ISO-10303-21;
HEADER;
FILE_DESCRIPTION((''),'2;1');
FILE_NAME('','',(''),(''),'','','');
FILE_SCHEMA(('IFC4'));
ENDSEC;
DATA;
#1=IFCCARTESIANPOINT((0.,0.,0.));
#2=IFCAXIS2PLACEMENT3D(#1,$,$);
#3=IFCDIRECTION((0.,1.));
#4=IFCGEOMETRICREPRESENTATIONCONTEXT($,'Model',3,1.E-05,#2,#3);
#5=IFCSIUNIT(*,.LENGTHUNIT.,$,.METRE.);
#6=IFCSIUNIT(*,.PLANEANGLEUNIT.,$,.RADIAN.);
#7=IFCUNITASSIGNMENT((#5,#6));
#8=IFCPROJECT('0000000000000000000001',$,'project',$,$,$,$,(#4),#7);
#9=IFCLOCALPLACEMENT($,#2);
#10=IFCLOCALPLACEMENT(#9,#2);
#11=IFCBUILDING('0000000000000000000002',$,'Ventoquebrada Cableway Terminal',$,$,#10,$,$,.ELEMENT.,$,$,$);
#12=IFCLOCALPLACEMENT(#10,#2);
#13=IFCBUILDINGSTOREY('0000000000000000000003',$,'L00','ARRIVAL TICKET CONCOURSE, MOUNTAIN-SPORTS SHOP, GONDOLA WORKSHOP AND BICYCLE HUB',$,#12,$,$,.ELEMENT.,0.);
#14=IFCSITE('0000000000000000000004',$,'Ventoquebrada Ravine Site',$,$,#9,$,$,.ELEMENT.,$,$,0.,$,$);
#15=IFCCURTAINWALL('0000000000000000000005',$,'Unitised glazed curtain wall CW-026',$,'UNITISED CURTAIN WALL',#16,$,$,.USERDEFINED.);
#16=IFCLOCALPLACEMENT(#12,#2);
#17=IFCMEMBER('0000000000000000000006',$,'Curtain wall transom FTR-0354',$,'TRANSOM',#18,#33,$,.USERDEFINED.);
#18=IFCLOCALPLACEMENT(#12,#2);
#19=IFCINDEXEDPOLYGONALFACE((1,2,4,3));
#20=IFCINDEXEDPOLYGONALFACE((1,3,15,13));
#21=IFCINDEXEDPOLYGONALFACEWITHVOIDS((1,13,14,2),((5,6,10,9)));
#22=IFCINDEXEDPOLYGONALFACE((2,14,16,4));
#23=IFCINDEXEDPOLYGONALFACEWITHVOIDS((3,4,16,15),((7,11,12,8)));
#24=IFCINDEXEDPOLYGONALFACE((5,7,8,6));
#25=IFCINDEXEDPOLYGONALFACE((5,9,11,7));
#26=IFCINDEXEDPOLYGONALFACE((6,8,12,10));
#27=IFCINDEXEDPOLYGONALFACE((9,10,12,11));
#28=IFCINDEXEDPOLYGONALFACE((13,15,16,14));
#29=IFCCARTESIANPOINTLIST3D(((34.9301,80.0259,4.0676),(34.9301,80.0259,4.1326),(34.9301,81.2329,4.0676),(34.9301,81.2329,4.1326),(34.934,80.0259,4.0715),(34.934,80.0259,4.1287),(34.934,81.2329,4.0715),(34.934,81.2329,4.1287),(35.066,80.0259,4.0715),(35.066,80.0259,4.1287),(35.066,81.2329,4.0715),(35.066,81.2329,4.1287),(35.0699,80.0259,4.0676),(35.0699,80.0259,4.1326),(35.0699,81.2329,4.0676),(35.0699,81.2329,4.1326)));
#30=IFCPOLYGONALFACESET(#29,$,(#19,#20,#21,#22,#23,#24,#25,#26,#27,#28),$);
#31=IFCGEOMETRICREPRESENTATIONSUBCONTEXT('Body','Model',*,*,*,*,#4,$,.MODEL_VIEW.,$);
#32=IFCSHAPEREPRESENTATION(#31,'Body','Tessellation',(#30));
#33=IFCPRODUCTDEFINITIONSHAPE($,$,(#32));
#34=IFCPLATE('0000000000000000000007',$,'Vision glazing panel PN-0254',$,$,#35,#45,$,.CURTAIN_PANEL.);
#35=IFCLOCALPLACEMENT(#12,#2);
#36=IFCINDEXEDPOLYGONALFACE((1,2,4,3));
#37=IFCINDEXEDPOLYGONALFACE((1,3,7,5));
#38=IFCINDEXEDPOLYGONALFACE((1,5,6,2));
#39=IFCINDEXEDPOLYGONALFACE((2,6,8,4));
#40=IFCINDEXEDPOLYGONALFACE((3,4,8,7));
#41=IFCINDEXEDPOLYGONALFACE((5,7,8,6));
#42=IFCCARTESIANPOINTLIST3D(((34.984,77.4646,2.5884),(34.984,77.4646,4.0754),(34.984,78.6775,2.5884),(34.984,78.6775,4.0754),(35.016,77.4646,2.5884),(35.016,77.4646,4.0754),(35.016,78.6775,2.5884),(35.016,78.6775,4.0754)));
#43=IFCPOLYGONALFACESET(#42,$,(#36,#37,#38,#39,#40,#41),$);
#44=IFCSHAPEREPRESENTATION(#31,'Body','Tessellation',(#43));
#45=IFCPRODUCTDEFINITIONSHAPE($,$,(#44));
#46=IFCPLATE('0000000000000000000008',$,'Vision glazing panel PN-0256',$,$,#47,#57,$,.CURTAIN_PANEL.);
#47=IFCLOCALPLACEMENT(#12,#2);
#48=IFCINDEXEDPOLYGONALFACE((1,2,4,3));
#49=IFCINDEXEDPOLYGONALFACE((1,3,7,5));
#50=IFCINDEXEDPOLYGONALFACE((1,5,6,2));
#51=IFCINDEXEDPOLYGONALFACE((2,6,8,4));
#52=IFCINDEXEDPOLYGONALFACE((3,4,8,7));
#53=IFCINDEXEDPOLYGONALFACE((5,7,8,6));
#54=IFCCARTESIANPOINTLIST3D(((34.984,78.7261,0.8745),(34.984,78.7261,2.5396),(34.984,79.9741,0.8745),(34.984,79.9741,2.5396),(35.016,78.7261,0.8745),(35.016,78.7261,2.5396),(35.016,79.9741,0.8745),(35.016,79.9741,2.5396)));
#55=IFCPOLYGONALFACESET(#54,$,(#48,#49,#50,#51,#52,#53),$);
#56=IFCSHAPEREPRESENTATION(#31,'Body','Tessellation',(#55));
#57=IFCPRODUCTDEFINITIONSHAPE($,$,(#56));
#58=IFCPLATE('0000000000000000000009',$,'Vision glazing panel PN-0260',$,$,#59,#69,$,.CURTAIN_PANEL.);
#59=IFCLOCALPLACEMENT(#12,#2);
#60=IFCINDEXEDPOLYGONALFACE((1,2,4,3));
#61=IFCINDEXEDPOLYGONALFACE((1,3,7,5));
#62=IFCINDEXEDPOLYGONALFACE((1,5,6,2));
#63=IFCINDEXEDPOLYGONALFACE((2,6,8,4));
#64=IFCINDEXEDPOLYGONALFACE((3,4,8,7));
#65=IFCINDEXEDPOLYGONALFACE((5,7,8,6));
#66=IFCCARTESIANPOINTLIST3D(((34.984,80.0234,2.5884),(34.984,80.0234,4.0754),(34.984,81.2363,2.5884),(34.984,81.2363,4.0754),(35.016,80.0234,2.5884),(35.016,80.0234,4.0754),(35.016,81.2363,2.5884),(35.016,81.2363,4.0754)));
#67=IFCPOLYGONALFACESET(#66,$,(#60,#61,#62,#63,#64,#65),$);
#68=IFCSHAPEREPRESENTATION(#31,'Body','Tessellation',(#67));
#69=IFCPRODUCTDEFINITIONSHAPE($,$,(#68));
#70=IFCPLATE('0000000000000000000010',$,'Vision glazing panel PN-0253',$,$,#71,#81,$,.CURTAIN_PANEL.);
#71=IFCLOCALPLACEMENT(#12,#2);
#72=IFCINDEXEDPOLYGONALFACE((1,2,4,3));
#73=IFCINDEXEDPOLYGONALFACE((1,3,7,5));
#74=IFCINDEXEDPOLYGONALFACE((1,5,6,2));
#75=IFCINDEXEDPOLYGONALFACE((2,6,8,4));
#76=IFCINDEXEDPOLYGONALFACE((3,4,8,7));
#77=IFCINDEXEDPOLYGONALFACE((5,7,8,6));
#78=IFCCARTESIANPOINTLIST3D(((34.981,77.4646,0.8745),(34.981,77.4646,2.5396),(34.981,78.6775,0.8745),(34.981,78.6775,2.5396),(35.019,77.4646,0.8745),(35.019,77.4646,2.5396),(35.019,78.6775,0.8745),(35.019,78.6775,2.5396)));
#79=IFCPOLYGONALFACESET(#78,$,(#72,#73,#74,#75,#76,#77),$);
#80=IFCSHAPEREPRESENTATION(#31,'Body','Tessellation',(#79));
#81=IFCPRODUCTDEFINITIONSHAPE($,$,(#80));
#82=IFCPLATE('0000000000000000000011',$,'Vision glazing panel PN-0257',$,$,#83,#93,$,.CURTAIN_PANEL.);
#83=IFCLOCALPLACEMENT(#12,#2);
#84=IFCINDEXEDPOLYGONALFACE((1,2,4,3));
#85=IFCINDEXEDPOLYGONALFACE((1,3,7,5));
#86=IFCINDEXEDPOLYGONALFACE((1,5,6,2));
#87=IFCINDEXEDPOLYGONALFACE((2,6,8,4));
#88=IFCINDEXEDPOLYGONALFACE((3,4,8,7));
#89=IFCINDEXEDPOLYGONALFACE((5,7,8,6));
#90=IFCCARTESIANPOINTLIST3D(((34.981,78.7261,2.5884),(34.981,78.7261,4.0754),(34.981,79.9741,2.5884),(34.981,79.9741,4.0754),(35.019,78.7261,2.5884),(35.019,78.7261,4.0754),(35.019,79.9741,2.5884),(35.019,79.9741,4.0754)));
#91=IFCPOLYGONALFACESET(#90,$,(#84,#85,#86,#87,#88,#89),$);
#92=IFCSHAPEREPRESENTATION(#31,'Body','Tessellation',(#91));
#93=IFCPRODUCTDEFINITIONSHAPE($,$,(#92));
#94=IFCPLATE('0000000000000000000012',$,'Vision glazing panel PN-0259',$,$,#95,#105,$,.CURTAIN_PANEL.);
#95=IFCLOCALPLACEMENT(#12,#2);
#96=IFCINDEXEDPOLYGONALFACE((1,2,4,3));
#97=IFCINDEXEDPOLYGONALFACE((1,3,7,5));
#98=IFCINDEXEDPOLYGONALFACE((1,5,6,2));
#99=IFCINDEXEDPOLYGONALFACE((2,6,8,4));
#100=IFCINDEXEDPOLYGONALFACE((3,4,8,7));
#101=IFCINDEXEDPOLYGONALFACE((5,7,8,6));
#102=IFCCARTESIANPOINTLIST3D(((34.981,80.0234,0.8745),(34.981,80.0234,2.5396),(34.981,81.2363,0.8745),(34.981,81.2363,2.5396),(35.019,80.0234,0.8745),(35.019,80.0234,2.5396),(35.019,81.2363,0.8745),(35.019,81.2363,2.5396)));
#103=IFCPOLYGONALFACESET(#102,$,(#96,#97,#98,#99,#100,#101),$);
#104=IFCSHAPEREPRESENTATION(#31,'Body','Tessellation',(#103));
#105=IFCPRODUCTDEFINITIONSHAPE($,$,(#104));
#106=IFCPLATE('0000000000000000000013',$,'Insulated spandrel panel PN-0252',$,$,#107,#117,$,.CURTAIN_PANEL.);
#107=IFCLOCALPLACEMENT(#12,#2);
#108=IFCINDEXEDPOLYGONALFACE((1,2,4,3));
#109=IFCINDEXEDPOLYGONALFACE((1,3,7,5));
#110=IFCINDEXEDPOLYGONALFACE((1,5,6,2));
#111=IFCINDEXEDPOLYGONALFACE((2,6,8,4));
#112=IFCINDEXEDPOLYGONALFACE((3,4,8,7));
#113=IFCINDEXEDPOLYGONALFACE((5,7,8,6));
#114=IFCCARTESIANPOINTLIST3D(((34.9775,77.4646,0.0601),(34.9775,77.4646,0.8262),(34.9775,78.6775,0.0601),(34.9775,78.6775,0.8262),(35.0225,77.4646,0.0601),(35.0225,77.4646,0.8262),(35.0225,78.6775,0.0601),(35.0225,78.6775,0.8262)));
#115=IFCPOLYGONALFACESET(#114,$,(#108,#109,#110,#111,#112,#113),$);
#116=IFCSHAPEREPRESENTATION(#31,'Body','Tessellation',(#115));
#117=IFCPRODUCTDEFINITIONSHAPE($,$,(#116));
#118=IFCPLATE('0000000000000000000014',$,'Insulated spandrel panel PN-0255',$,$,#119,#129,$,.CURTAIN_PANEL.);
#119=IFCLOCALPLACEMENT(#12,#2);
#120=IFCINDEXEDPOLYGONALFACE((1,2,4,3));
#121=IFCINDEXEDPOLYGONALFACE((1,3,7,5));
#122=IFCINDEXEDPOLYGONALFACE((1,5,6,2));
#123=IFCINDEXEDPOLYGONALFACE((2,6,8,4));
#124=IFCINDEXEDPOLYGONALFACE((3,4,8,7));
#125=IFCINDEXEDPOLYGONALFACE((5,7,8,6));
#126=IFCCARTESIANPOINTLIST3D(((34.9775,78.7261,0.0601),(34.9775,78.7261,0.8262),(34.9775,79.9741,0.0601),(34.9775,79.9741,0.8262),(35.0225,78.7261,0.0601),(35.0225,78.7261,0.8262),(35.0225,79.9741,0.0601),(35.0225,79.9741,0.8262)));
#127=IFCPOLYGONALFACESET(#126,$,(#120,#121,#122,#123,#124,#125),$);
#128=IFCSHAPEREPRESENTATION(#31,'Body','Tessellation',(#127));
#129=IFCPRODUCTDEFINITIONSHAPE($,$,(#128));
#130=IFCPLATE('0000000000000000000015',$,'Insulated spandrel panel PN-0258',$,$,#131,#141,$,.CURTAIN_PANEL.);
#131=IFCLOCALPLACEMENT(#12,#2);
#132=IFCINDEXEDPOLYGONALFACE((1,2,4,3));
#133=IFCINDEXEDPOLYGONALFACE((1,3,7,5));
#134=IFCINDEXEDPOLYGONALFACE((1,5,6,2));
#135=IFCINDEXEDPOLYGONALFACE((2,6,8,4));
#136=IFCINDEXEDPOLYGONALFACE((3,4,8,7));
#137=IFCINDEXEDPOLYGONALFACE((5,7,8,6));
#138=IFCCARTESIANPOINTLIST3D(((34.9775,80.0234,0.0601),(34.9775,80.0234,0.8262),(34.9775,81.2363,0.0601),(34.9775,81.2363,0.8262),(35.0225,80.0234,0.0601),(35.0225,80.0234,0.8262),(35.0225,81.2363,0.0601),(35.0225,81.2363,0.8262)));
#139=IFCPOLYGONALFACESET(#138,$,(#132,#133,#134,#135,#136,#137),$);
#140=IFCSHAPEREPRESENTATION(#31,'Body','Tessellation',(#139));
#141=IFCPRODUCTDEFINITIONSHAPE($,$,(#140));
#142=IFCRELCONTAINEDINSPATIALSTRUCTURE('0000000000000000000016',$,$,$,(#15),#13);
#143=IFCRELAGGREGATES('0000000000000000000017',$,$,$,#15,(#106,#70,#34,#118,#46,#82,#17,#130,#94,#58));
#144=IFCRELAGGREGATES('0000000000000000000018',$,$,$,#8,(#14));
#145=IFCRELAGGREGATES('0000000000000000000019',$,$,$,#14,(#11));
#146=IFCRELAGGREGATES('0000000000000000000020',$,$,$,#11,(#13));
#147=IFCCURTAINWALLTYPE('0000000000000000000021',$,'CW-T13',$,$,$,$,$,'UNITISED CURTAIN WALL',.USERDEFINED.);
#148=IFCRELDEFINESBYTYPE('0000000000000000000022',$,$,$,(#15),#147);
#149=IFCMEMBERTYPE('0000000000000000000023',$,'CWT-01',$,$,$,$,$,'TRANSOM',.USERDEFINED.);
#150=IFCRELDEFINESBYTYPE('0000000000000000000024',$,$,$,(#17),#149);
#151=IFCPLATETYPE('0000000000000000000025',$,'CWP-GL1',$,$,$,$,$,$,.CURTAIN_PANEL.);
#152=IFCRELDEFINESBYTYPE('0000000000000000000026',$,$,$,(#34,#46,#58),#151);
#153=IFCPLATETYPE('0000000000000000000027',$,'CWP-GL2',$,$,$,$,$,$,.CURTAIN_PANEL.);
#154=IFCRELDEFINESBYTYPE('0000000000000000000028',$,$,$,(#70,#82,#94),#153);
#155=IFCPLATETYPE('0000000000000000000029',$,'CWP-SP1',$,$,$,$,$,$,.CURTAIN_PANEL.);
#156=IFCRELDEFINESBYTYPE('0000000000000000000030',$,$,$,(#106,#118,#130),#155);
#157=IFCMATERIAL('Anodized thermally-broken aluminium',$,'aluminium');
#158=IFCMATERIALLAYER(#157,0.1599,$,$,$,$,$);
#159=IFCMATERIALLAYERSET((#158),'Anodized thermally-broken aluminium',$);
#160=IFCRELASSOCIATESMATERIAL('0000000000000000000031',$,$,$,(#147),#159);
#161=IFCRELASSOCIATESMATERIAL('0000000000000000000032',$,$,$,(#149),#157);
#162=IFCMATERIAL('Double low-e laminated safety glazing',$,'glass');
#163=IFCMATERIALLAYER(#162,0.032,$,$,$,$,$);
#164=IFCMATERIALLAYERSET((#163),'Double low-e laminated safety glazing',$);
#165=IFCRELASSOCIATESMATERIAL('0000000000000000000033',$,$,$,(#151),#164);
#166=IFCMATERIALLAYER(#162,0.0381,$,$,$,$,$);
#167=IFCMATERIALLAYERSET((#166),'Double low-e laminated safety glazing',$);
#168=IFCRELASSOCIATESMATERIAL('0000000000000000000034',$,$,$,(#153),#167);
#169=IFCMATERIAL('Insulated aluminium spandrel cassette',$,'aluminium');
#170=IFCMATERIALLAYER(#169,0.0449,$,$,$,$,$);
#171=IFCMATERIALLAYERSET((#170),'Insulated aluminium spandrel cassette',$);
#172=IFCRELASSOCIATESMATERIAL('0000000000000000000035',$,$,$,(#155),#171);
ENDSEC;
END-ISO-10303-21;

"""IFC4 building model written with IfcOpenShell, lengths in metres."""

from ifc_helpers import new_model, si_unit, direction, frame, origin, origin_2d, place, context, subcontext, project, spatial, rectangle, hollow_rectangle, extrude, material, layer, layer_set, material_profile, profile_set, type_object, element, aggregate, save


model = new_model("IFC4")

# Units and contexts
model_context = context("Model", 3, precision=1e-05, world=origin(), true_north=direction((0.0, 1.0)))
body_context = subcontext(model_context, "Body", "Model", "MODEL_VIEW")
ifc_project = project(units=[si_unit("LENGTHUNIT", "METRE"), si_unit("PLANEANGLEUNIT", "RADIAN")], contexts=[model_context])

# Site, building, storey
site_placement = place(None, origin())
site = spatial("IfcSite", under=ifc_project, at=site_placement, Name="Ventoquebrada Ravine Site", CompositionType="ELEMENT", RefElevation=0.0)
building_placement = place(site_placement, origin())
building = spatial("IfcBuilding", under=site, at=building_placement, Name="Ventoquebrada Cableway Terminal", CompositionType="ELEMENT")
storey_placement = place(building_placement, origin())
storey = spatial("IfcBuildingStorey", under=building, at=storey_placement, Name="L00", Description="ARRIVAL TICKET CONCOURSE, MOUNTAIN-SPORTS SHOP, GONDOLA WORKSHOP AND BICYCLE HUB", CompositionType="ELEMENT", Elevation=0.0)

# Curtain wall, member, plates
ifc_material_1 = material(Name="Anodized thermally-broken aluminium", Category="aluminium")
ifc_layer_1 = layer(ifc_material_1, 0.1599)
ifc_layer_set_1 = layer_set([ifc_layer_1], Name="Anodized thermally-broken aluminium")
curtain_wall_type = type_object("IfcCurtainWallType", Name="CW-T13", ElementType="UNITISED CURTAIN WALL", PredefinedType="USERDEFINED", material=ifc_layer_set_1)
curtain_wall_placement = place(storey_placement, origin())
curtain_wall = element("IfcCurtainWall", 1, at=curtain_wall_placement, inside=storey, type_object=curtain_wall_type, Name="Unitised glazed curtain wall CW-026", ObjectType="UNITISED CURTAIN WALL", PredefinedType="USERDEFINED")
ifc_material_profile_1 = material_profile(ifc_material_1, hollow_rectangle(XDim=0.0649, YDim=0.1399, WallThickness=0.0039, at=origin_2d()), Name="CW-TRN-65X140")
ifc_profile_set_1 = profile_set([ifc_material_profile_1], Name="Anodized thermally-broken aluminium")
member_type_1 = type_object("IfcMemberType", Name="CWT-01", ElementType="TRANSOM", PredefinedType="USERDEFINED", material=ifc_profile_set_1)
member_1_placement = place(storey_placement, frame((35.0, 80.0259, 4.1001), z_axis=(0.0, 1.0, 0.0), x_axis=(0.0, 0.0, 1.0)))
member_1 = element("IfcMember", 2, at=member_1_placement, type_object=member_type_1, Name="Curtain wall transom FTR-0354", ObjectType="TRANSOM", PredefinedType="USERDEFINED", context=body_context, shape_type="SweptSolid", body=[
    extrude(hollow_rectangle(XDim=0.0649, YDim=0.1399, WallThickness=0.0039, at=origin_2d()), origin(), (0.0, 0.0, 1.0), 1.207),
])
ifc_material_2 = material(Name="Double low-e laminated safety glazing", Category="glass")
ifc_layer_2 = layer(ifc_material_2, 0.032)
ifc_layer_set_2 = layer_set([ifc_layer_2], Name="Double low-e laminated safety glazing")
plate_type_1 = type_object("IfcPlateType", Name="CWP-GL1", PredefinedType="CURTAIN_PANEL", material=ifc_layer_set_2)
plate_1_placement = place(storey_placement, frame((35.0, 78.071, 2.5884), z_axis=(0.0, 0.0, 1.0), x_axis=(0.0, 1.0, 0.0)))
plate_1 = element("IfcPlate", 3, at=plate_1_placement, type_object=plate_type_1, Name="Vision glazing panel PN-0254", PredefinedType="CURTAIN_PANEL", context=body_context, shape_type="SweptSolid", body=[
    extrude(rectangle(XDim=1.2129, YDim=0.032, at=origin_2d()), origin(), (0.0, 0.0, 1.0), 1.4871),
])
plate_2_placement = place(storey_placement, frame((35.0, 79.3501, 0.8745), z_axis=(0.0, 0.0, 1.0), x_axis=(0.0, 1.0, 0.0)))
plate_2 = element("IfcPlate", 4, at=plate_2_placement, type_object=plate_type_1, Name="Vision glazing panel PN-0256", PredefinedType="CURTAIN_PANEL", context=body_context, shape_type="SweptSolid", body=[
    extrude(rectangle(XDim=1.248, YDim=0.032, at=origin_2d()), origin(), (0.0, 0.0, 1.0), 1.665),
])
plate_3_placement = place(storey_placement, frame((35.0, 80.6299, 2.5884), z_axis=(0.0, 0.0, 1.0), x_axis=(0.0, 1.0, 0.0)))
plate_3 = element("IfcPlate", 5, at=plate_3_placement, type_object=plate_type_1, Name="Vision glazing panel PN-0260", PredefinedType="CURTAIN_PANEL", context=body_context, shape_type="SweptSolid", body=[
    extrude(rectangle(XDim=1.2129, YDim=0.032, at=origin_2d()), origin(), (0.0, 0.0, 1.0), 1.4871),
])
ifc_layer_3 = layer(ifc_material_2, 0.0381)
ifc_layer_set_3 = layer_set([ifc_layer_3], Name="Double low-e laminated safety glazing")
plate_type_2 = type_object("IfcPlateType", Name="CWP-GL2", PredefinedType="CURTAIN_PANEL", material=ifc_layer_set_3)
plate_4_placement = place(storey_placement, frame((35.0, 78.071, 0.8745), z_axis=(0.0, 0.0, 1.0), x_axis=(0.0, 1.0, 0.0)))
plate_4 = element("IfcPlate", 6, at=plate_4_placement, type_object=plate_type_2, Name="Vision glazing panel PN-0253", PredefinedType="CURTAIN_PANEL", context=body_context, shape_type="SweptSolid", body=[
    extrude(rectangle(XDim=1.2129, YDim=0.0381, at=origin_2d()), origin(), (0.0, 0.0, 1.0), 1.665),
])
plate_5_placement = place(storey_placement, frame((35.0, 79.3501, 2.5884), z_axis=(0.0, 0.0, 1.0), x_axis=(0.0, 1.0, 0.0)))
plate_5 = element("IfcPlate", 7, at=plate_5_placement, type_object=plate_type_2, Name="Vision glazing panel PN-0257", PredefinedType="CURTAIN_PANEL", context=body_context, shape_type="SweptSolid", body=[
    extrude(rectangle(XDim=1.248, YDim=0.0381, at=origin_2d()), origin(), (0.0, 0.0, 1.0), 1.4871),
])
plate_6_placement = place(storey_placement, frame((35.0, 80.6299, 0.8745), z_axis=(0.0, 0.0, 1.0), x_axis=(0.0, 1.0, 0.0)))
plate_6 = element("IfcPlate", 8, at=plate_6_placement, type_object=plate_type_2, Name="Vision glazing panel PN-0259", PredefinedType="CURTAIN_PANEL", context=body_context, shape_type="SweptSolid", body=[
    extrude(rectangle(XDim=1.2129, YDim=0.0381, at=origin_2d()), origin(), (0.0, 0.0, 1.0), 1.665),
])
ifc_material_3 = material(Name="Insulated aluminium spandrel cassette", Category="aluminium")
ifc_layer_4 = layer(ifc_material_3, 0.0449)
ifc_layer_set_4 = layer_set([ifc_layer_4], Name="Insulated aluminium spandrel cassette")
plate_type_3 = type_object("IfcPlateType", Name="CWP-SP1", PredefinedType="CURTAIN_PANEL", material=ifc_layer_set_4)
plate_7_placement = place(storey_placement, frame((35.0, 78.071, 0.0601), z_axis=(0.0, 0.0, 1.0), x_axis=(0.0, 1.0, 0.0)))
plate_7 = element("IfcPlate", 9, at=plate_7_placement, type_object=plate_type_3, Name="Insulated spandrel panel PN-0252", PredefinedType="CURTAIN_PANEL", context=body_context, shape_type="SweptSolid", body=[
    extrude(rectangle(XDim=1.2129, YDim=0.0449, at=origin_2d()), origin(), (0.0, 0.0, 1.0), 0.7661),
])
plate_8_placement = place(storey_placement, frame((35.0, 79.3501, 0.0601), z_axis=(0.0, 0.0, 1.0), x_axis=(0.0, 1.0, 0.0)))
plate_8 = element("IfcPlate", 10, at=plate_8_placement, type_object=plate_type_3, Name="Insulated spandrel panel PN-0255", PredefinedType="CURTAIN_PANEL", context=body_context, shape_type="SweptSolid", body=[
    extrude(rectangle(XDim=1.248, YDim=0.0449, at=origin_2d()), origin(), (0.0, 0.0, 1.0), 0.7661),
])
plate_9_placement = place(storey_placement, frame((35.0, 80.6299, 0.0601), z_axis=(0.0, 0.0, 1.0), x_axis=(0.0, 1.0, 0.0)))
plate_9 = element("IfcPlate", 11, at=plate_9_placement, type_object=plate_type_3, Name="Insulated spandrel panel PN-0258", PredefinedType="CURTAIN_PANEL", context=body_context, shape_type="SweptSolid", body=[
    extrude(rectangle(XDim=1.2129, YDim=0.0449, at=origin_2d()), origin(), (0.0, 0.0, 1.0), 0.7661),
])
aggregate(curtain_wall, [plate_7, plate_4, plate_1, plate_8, plate_2, plate_5, member_1, plate_9, plate_6, plate_3])

save(model, "model.ifc")
